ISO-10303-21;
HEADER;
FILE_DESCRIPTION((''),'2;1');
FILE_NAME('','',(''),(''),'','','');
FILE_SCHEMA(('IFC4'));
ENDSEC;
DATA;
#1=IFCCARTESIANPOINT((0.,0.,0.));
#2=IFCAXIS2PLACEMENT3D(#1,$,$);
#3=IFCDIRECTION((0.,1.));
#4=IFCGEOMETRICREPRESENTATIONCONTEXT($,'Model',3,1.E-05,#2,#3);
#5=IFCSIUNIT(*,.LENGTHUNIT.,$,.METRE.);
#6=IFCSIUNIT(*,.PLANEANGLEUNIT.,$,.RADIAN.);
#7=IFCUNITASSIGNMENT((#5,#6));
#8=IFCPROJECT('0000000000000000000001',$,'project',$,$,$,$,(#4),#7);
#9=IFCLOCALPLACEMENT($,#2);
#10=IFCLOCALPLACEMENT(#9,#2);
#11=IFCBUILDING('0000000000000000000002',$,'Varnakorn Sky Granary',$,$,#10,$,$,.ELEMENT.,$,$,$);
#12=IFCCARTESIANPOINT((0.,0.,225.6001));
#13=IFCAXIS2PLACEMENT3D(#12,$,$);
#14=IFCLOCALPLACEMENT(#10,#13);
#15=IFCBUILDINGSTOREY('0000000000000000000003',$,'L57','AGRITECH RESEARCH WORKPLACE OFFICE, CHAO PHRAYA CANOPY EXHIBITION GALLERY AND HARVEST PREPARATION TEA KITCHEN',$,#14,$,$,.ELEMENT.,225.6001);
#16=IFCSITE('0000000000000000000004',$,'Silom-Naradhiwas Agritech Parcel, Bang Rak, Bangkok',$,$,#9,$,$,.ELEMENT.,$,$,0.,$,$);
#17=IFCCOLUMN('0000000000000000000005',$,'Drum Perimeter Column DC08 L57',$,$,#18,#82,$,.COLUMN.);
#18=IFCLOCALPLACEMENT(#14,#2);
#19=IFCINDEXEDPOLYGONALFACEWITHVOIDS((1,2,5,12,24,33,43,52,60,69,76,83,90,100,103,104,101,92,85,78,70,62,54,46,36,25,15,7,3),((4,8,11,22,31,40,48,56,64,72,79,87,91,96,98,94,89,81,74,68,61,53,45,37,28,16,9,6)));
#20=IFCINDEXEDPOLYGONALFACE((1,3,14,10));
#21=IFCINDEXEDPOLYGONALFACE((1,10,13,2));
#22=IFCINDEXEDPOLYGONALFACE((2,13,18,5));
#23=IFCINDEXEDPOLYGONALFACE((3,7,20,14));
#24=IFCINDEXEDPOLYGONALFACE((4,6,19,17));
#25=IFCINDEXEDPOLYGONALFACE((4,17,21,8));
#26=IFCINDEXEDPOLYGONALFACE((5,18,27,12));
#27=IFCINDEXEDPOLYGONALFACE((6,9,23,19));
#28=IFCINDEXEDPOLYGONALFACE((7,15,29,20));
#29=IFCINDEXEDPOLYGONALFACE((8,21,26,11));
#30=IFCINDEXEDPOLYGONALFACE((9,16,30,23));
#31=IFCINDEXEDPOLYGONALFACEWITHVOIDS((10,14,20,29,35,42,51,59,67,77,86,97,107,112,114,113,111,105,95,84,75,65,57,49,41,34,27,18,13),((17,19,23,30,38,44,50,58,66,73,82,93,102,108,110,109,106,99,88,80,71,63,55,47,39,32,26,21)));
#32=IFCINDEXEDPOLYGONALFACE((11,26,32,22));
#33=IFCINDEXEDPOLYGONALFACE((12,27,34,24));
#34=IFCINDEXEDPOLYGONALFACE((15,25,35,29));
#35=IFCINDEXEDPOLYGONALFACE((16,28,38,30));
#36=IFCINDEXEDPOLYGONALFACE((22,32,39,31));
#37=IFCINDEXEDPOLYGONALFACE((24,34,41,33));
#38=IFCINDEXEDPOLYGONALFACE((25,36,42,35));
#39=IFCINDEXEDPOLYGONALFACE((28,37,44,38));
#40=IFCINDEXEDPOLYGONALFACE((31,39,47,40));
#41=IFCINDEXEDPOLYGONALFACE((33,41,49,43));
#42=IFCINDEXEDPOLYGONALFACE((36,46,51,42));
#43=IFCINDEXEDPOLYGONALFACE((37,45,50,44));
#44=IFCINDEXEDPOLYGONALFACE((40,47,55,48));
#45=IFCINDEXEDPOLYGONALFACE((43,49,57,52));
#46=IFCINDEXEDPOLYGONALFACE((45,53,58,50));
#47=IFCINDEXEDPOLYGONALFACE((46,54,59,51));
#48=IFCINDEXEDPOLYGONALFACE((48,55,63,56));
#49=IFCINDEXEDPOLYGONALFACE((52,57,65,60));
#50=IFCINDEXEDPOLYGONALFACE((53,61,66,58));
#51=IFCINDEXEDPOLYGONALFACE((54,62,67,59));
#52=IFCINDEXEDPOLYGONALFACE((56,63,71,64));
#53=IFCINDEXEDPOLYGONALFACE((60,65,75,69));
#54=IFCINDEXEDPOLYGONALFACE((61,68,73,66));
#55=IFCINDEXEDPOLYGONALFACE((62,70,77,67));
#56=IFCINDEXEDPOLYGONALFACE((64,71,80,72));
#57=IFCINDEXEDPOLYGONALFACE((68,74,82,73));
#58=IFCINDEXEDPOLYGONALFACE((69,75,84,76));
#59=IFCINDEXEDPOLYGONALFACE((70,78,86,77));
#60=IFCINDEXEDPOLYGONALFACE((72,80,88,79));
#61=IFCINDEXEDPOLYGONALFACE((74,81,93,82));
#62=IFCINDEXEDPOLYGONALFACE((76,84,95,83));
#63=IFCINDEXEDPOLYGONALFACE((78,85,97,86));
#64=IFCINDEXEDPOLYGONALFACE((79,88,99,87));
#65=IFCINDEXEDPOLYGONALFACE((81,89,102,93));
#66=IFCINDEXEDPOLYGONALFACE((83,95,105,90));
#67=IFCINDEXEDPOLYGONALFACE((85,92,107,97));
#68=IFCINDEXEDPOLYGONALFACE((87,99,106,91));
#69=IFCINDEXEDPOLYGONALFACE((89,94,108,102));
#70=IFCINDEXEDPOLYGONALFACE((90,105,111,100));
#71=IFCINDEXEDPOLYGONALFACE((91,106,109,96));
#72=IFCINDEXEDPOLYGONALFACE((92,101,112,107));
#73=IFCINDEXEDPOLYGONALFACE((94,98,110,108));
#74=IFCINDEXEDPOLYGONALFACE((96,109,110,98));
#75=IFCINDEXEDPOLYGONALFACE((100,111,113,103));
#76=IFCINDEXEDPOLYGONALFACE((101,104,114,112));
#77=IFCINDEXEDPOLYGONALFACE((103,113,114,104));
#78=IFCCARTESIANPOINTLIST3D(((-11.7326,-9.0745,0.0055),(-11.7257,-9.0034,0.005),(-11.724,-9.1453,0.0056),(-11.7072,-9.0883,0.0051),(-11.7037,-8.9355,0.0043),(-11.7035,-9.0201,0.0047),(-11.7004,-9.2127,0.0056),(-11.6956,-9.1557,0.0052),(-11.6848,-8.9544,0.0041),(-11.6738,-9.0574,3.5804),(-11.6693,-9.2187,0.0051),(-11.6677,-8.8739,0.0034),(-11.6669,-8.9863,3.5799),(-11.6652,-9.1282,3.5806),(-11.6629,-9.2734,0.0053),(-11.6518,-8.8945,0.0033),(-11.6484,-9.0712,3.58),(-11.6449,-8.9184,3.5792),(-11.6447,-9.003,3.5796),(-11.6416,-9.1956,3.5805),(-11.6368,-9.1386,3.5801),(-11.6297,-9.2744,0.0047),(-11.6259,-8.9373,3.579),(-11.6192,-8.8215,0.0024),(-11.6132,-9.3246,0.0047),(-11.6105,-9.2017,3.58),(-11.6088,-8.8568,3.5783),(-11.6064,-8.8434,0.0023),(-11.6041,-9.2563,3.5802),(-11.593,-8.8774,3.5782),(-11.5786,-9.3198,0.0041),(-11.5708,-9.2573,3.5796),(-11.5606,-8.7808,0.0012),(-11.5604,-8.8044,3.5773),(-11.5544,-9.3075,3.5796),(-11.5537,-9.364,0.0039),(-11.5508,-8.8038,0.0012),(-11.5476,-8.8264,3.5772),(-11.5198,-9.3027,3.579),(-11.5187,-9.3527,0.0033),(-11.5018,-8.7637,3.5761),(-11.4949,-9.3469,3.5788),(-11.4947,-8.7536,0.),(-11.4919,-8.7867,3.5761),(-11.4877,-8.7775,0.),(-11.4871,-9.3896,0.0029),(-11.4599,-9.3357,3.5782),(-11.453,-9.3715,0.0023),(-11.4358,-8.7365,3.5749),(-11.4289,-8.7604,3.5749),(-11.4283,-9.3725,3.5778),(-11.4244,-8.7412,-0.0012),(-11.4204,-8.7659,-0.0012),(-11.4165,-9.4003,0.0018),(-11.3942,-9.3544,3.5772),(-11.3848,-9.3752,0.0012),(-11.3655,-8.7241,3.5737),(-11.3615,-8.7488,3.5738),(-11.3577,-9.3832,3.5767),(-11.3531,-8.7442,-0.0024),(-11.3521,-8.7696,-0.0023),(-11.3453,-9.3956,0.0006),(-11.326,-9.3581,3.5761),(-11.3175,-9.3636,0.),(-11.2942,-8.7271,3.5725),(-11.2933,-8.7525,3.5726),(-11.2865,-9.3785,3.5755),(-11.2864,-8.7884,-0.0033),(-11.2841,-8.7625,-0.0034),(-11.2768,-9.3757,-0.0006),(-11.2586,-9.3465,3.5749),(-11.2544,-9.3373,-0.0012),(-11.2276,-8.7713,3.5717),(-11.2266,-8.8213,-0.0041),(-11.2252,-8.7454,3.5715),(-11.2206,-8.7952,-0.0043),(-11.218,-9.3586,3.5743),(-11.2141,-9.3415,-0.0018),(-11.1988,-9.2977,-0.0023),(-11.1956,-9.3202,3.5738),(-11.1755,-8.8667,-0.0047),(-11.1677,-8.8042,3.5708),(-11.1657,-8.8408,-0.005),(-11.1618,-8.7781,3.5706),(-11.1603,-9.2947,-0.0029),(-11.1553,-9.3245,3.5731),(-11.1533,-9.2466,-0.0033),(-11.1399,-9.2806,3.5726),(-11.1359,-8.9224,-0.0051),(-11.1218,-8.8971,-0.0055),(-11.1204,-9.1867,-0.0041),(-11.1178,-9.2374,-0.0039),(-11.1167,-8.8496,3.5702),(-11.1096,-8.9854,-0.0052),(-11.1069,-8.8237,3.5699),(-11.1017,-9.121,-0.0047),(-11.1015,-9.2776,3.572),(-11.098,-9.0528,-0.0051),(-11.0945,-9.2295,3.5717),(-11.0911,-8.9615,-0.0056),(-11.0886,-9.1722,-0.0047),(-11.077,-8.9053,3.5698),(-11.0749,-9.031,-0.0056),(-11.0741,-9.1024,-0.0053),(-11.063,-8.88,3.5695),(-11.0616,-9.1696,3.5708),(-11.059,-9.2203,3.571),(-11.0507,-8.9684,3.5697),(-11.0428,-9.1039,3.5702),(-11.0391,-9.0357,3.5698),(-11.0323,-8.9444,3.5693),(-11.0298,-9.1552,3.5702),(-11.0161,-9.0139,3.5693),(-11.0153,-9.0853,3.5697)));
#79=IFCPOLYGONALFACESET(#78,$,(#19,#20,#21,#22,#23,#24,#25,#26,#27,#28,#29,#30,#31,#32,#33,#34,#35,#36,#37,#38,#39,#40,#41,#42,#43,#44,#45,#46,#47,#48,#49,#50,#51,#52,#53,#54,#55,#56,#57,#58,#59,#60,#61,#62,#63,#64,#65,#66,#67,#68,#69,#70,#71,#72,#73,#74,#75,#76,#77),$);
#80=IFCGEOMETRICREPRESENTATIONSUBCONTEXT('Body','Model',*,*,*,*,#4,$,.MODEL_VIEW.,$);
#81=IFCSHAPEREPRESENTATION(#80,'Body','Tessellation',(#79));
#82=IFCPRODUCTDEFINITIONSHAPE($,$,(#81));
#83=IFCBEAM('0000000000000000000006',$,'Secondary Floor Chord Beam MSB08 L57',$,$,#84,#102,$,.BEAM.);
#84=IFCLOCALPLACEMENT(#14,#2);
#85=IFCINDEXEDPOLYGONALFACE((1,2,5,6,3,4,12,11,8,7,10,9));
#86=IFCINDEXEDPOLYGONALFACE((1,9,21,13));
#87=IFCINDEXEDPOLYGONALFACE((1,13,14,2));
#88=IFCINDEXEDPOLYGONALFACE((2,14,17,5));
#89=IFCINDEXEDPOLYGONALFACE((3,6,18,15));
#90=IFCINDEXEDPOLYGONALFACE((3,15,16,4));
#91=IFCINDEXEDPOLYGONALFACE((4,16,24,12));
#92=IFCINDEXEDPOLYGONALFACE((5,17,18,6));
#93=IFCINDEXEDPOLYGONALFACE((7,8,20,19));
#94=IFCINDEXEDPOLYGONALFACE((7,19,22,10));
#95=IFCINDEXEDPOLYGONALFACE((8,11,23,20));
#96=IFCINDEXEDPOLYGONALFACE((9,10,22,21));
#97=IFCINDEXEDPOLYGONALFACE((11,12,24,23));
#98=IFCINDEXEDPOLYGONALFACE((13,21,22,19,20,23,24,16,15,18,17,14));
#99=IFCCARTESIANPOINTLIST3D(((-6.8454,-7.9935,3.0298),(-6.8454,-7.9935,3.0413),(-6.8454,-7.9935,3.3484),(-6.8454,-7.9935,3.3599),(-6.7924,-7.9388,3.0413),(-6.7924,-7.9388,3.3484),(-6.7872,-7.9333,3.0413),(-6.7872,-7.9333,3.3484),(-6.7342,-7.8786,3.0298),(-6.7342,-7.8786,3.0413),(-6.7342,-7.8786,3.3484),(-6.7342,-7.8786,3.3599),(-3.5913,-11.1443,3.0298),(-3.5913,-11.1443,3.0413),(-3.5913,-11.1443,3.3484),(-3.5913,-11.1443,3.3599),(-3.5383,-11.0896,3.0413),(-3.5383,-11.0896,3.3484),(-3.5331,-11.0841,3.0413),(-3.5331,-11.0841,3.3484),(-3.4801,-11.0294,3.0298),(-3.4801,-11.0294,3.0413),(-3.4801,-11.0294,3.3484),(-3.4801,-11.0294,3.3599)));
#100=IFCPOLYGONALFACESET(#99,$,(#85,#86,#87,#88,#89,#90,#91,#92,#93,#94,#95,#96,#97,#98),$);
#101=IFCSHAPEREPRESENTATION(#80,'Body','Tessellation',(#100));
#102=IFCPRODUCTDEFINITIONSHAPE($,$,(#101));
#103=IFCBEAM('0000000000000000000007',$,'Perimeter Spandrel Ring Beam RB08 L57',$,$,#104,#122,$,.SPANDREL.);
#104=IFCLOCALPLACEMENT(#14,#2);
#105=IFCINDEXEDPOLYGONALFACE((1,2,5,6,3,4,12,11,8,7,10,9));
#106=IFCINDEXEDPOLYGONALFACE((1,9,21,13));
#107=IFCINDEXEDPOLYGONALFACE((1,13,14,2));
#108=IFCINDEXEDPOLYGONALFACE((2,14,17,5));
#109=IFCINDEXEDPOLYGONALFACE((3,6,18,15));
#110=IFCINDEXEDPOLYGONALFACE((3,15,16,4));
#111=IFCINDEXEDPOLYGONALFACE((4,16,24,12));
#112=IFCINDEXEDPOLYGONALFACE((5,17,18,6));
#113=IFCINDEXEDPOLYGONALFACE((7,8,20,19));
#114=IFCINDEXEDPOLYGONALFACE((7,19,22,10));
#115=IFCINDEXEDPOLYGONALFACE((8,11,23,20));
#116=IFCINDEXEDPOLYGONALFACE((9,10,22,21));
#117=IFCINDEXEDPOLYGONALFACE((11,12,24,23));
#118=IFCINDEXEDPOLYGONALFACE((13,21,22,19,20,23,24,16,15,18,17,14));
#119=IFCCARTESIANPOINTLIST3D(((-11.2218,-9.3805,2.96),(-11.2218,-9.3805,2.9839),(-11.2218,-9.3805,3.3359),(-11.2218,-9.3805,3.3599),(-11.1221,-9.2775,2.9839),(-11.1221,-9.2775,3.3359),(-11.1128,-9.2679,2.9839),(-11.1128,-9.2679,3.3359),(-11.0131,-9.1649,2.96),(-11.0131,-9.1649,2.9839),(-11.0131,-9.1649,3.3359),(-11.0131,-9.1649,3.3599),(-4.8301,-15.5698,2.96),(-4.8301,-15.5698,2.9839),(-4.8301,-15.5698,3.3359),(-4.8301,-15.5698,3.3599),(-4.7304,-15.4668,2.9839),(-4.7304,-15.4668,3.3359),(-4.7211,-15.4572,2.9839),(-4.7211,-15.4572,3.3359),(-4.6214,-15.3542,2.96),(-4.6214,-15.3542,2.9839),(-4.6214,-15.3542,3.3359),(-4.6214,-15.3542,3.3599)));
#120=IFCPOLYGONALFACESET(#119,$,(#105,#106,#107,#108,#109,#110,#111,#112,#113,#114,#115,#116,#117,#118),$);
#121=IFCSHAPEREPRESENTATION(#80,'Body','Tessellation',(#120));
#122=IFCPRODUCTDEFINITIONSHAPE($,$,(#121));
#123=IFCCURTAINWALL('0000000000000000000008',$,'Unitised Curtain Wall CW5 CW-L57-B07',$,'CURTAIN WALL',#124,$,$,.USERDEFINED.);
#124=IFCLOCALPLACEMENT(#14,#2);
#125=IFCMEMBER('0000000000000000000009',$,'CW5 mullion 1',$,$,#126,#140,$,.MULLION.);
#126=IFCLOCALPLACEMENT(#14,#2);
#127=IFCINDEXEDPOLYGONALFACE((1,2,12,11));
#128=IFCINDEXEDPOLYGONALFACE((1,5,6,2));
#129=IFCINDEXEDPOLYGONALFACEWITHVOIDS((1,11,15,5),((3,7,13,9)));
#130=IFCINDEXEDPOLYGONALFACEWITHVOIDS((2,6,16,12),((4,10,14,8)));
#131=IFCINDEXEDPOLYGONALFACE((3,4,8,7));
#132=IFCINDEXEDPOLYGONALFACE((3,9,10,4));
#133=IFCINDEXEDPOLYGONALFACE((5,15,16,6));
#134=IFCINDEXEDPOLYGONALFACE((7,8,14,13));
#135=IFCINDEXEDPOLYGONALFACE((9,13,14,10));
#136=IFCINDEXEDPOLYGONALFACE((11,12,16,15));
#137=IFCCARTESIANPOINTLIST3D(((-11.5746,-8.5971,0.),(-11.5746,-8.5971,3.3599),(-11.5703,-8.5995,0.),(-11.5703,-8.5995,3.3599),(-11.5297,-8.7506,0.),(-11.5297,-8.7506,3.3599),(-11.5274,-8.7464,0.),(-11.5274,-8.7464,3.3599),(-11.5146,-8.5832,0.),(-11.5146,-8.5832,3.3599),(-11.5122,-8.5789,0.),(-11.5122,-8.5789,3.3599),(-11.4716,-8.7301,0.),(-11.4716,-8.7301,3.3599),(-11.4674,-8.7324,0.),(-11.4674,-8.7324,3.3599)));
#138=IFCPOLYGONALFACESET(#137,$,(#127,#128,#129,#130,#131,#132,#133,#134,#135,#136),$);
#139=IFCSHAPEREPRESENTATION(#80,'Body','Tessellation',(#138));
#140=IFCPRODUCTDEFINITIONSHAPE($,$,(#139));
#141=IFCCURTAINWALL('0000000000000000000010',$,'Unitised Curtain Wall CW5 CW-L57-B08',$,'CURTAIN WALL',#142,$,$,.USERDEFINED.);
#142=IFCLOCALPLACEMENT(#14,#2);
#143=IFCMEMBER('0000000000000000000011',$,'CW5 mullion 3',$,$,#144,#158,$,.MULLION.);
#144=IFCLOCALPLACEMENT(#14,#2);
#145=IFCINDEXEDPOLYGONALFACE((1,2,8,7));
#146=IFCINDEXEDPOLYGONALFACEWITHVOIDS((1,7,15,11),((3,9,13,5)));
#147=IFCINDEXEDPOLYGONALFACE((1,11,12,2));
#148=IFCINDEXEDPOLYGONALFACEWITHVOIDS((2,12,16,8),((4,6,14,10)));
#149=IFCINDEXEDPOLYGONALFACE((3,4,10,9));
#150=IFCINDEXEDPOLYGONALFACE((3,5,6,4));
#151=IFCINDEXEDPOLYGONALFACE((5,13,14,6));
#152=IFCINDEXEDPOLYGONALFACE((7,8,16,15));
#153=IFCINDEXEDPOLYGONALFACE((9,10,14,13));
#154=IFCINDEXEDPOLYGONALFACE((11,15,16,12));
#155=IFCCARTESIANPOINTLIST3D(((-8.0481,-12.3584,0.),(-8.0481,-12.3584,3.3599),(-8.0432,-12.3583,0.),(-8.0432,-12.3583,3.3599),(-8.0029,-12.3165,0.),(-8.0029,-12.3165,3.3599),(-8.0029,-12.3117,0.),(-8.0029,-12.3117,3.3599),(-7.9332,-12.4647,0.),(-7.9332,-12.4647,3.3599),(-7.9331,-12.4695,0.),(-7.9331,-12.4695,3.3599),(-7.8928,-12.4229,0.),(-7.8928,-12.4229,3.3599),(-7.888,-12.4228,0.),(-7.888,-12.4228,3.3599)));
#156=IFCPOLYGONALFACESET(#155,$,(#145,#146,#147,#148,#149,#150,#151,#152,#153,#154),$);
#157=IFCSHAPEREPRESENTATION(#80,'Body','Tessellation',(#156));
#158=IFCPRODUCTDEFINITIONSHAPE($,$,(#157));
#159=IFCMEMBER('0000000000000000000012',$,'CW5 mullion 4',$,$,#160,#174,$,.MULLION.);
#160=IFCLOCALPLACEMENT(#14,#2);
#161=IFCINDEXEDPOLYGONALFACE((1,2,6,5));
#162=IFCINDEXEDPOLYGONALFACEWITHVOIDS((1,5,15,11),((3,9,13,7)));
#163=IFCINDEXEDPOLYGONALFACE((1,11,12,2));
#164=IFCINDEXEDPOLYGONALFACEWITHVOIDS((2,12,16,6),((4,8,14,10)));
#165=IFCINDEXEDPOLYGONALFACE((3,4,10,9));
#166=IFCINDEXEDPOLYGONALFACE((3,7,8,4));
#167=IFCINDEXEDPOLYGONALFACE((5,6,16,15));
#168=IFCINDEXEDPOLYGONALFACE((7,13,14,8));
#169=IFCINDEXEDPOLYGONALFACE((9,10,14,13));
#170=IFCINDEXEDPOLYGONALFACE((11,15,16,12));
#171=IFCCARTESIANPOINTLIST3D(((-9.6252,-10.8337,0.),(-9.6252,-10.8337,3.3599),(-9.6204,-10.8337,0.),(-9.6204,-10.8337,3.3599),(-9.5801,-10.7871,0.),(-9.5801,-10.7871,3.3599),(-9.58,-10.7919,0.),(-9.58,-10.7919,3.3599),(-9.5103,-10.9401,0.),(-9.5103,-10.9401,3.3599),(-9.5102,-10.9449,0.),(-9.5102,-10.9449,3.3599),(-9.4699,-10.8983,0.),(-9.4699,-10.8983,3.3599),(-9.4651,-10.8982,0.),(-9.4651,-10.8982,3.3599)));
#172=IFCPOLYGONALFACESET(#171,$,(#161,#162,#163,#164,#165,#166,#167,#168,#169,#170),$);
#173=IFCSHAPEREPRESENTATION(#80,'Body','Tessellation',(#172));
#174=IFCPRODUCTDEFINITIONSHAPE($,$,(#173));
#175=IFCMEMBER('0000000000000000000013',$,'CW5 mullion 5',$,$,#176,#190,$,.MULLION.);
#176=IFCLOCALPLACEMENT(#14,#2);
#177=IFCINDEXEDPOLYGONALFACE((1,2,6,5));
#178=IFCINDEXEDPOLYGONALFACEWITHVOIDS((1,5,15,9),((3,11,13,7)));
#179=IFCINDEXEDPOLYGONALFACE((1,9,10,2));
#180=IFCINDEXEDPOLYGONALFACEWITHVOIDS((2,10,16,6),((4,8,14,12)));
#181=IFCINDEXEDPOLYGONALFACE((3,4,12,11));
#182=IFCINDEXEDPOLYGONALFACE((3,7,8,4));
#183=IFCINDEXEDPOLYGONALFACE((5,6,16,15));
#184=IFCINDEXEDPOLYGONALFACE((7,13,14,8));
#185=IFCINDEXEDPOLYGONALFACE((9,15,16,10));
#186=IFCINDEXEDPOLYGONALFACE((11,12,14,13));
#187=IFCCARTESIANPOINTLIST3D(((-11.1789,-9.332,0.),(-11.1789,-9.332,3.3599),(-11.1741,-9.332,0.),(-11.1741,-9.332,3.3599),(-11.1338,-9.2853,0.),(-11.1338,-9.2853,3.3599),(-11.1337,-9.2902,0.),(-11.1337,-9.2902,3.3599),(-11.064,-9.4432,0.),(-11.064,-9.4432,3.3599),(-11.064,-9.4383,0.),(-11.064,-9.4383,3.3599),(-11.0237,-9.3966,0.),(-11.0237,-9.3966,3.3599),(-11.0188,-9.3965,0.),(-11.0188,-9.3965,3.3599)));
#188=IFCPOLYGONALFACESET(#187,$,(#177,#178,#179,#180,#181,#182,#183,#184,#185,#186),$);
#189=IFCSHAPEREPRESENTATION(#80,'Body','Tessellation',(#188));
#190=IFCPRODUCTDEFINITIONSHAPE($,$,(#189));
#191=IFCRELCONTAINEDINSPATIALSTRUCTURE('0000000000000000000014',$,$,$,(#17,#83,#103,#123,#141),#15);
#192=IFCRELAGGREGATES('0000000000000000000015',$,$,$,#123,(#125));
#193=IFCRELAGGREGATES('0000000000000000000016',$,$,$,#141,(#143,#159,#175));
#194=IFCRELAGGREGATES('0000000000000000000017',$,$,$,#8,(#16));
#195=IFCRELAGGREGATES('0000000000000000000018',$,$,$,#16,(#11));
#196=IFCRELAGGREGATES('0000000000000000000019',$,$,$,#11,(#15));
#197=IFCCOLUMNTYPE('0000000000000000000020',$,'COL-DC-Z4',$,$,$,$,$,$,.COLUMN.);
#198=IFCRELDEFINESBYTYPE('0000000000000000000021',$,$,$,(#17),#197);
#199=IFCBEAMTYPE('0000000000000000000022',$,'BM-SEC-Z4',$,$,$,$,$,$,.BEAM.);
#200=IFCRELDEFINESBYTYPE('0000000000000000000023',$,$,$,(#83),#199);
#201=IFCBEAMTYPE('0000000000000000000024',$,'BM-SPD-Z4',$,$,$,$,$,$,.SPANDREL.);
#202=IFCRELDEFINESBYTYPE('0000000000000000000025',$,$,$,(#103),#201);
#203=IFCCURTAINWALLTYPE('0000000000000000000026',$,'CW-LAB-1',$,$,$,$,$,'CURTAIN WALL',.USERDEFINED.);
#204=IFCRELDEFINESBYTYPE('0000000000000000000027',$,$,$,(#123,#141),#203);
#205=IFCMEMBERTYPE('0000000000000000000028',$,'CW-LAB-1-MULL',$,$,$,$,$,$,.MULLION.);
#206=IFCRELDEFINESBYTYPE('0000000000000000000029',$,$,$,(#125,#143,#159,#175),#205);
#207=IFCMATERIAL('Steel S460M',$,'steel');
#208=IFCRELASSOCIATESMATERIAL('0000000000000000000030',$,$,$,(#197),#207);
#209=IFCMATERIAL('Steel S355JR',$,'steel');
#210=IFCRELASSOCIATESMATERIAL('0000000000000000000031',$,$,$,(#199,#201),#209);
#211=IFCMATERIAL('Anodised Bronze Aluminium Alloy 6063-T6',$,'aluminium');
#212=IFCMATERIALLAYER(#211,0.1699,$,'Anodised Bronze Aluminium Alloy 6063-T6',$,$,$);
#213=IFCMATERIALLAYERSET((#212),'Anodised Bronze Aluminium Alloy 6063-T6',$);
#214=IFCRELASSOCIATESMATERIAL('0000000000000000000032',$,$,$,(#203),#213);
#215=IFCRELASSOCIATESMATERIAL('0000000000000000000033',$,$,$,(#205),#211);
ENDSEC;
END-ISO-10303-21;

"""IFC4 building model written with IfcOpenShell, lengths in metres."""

from ifc_helpers import new_model, si_unit, direction, frame, origin, origin_2d, place, context, subcontext, project, spatial, hollow_rectangle, hollow_circle, i_section, extrude, material, layer, layer_set, material_profile, profile_set, type_object, element, aggregate, save


model = new_model("IFC4")

# Units and contexts
model_context = context("Model", 3, precision=1e-05, world=origin(), true_north=direction((0.0, 1.0)))
body_context = subcontext(model_context, "Body", "Model", "MODEL_VIEW")
ifc_project = project(units=[si_unit("LENGTHUNIT", "METRE"), si_unit("PLANEANGLEUNIT", "RADIAN")], contexts=[model_context])

# Site, building, storey
site_placement = place(None, origin())
site = spatial("IfcSite", under=ifc_project, at=site_placement, Name="Silom-Naradhiwas Agritech Parcel, Bang Rak, Bangkok", CompositionType="ELEMENT", RefElevation=0.0)
building_placement = place(site_placement, origin())
building = spatial("IfcBuilding", under=site, at=building_placement, Name="Varnakorn Sky Granary", CompositionType="ELEMENT")
storey_placement = place(building_placement, frame((0.0, 0.0, 225.6001)))
storey = spatial("IfcBuildingStorey", under=building, at=storey_placement, Name="L57", Description="AGRITECH RESEARCH WORKPLACE OFFICE, CHAO PHRAYA CANOPY EXHIBITION GALLERY AND HARVEST PREPARATION TEA KITCHEN", CompositionType="ELEMENT", Elevation=225.6001)

# Column
ifc_material_1 = material(Name="Steel S460M", Category="steel")
ifc_material_profile_1 = material_profile(ifc_material_1, hollow_circle(Radius=0.3301, WallThickness=0.0249, at=origin_2d()), Name="CHS 660x25")
ifc_profile_set_1 = profile_set([ifc_material_profile_1], Name="Steel S460M")
column_type = type_object("IfcColumnType", Name="COL-DC-Z4", PredefinedType="COLUMN", material=ifc_profile_set_1)
column_placement = place(storey_placement, frame((-11.4026, -9.0706, 0.0), z_axis=(0.016456, 0.00478, 0.999853), x_axis=(-0.278929, 0.960312, 0.0)))
element("IfcColumn", 1, at=column_placement, inside=storey, type_object=column_type, Name="Drum Perimeter Column DC08 L57", PredefinedType="COLUMN", context=body_context, shape_type="SweptSolid", body=[
    extrude(hollow_circle(Radius=0.3301, WallThickness=0.0249, at=origin_2d()), origin(), (0.0, 0.0, 1.0), 3.5754),
])

# Beams
ifc_material_2 = material(Name="Steel S355JR", Category="steel")
ifc_material_profile_2 = material_profile(ifc_material_2, i_section(OverallWidth=0.1599, OverallDepth=0.3301, WebThickness=0.0076, FlangeThickness=0.0115, at=origin_2d()), Name="IPE 330")
ifc_profile_set_2 = profile_set([ifc_material_profile_2], Name="Steel S355JR")
beam_type_1 = type_object("IfcBeamType", Name="BM-SEC-Z4", PredefinedType="BEAM", material=ifc_profile_set_2)
beam_1_placement = place(storey_placement, frame((-6.7898, -7.936, 3.1948), z_axis=(0.718414, -0.695615, 0.0), x_axis=(0.695615, 0.718414, 0.0)))
element("IfcBeam", 2, at=beam_1_placement, inside=storey, type_object=beam_type_1, Name="Secondary Floor Chord Beam MSB08 L57", PredefinedType="BEAM", context=body_context, shape_type="SweptSolid", body=[
    extrude(i_section(OverallWidth=0.1599, OverallDepth=0.3301, WebThickness=0.0076, FlangeThickness=0.0115, at=origin_2d()), origin(), (0.0, 0.0, 1.0), 4.5295),
])
ifc_material_profile_3 = material_profile(ifc_material_2, i_section(OverallWidth=0.3, OverallDepth=0.3999, WebThickness=0.0134, FlangeThickness=0.0239, at=origin_2d()), Name="HE 400 B")
ifc_profile_set_3 = profile_set([ifc_material_profile_3], Name="Steel S355JR")
beam_type_2 = type_object("IfcBeamType", Name="BM-SPD-Z4", PredefinedType="SPANDREL", material=ifc_profile_set_3)
beam_2_placement = place(storey_placement, frame((-11.1174, -9.2727, 3.1599), z_axis=(0.718389, -0.695641, 0.0), x_axis=(0.695641, 0.718389, 0.0)))
element("IfcBeam", 3, at=beam_2_placement, inside=storey, type_object=beam_type_2, Name="Perimeter Spandrel Ring Beam RB08 L57", PredefinedType="SPANDREL", context=body_context, shape_type="SweptSolid", body=[
    extrude(i_section(OverallWidth=0.3, OverallDepth=0.3999, WebThickness=0.0134, FlangeThickness=0.0239, at=origin_2d()), origin(), (0.0, 0.0, 1.0), 8.8972),
])

# Curtain wall, member
ifc_material_3 = material(Name="Anodised Bronze Aluminium Alloy 6063-T6", Category="aluminium")
ifc_layer_1 = layer(ifc_material_3, 0.1699, Name="Anodised Bronze Aluminium Alloy 6063-T6")
ifc_layer_set_1 = layer_set([ifc_layer_1], Name="Anodised Bronze Aluminium Alloy 6063-T6")
curtain_wall_type = type_object("IfcCurtainWallType", Name="CW-LAB-1", ElementType="CURTAIN WALL", PredefinedType="USERDEFINED", material=ifc_layer_set_1)
curtain_wall_1_placement = place(storey_placement, origin())
curtain_wall_1 = element("IfcCurtainWall", 4, at=curtain_wall_1_placement, inside=storey, type_object=curtain_wall_type, Name="Unitised Curtain Wall CW5 CW-L57-B07", ObjectType="CURTAIN WALL", PredefinedType="USERDEFINED")
ifc_material_profile_4 = material_profile(ifc_material_3, hollow_rectangle(XDim=0.0649, YDim=0.1599, WallThickness=0.0034, at=origin_2d()), Name="ALU MULL 65x160")
ifc_profile_set_4 = profile_set([ifc_material_profile_4], Name="Anodised Bronze Aluminium Alloy 6063-T6")
member_type_1 = type_object("IfcMemberType", Name="CW-LAB-1-MULL", PredefinedType="MULLION", material=ifc_profile_set_4)
member_1_placement = place(storey_placement, frame((-11.521, -8.6648, 0.0), z_axis=(0.0, 0.0, 1.0), x_axis=(-0.95989, -0.280376, 0.0)))
member_1 = element("IfcMember", 5, at=member_1_placement, type_object=member_type_1, Name="CW5 mullion 1", PredefinedType="MULLION", context=body_context, shape_type="SweptSolid", body=[
    extrude(hollow_rectangle(XDim=0.0649, YDim=0.1599, WallThickness=0.0034, at=origin_2d()), origin(), (0.0, 0.0, 1.0), 3.3599),
])

# Curtain wall, members
curtain_wall_2_placement = place(storey_placement, origin())
curtain_wall_2 = element("IfcCurtainWall", 6, at=curtain_wall_2_placement, inside=storey, type_object=curtain_wall_type, Name="Unitised Curtain Wall CW5 CW-L57-B08", ObjectType="CURTAIN WALL", PredefinedType="USERDEFINED")
member_2_placement = place(storey_placement, frame((-7.968, -12.3906, 0.0), z_axis=(0.0, 0.0, 1.0), x_axis=(-0.695009, -0.719001, 0.0)))
member_2 = element("IfcMember", 7, at=member_2_placement, type_object=member_type_1, Name="CW5 mullion 3", PredefinedType="MULLION", context=body_context, shape_type="SweptSolid", body=[
    extrude(hollow_rectangle(XDim=0.0649, YDim=0.1599, WallThickness=0.0034, at=origin_2d()), origin(), (0.0, 0.0, 1.0), 3.3599),
])
member_3_placement = place(storey_placement, frame((-9.5452, -10.866, 0.0), z_axis=(0.0, 0.0, 1.0), x_axis=(-0.695009, -0.719001, 0.0)))
member_3 = element("IfcMember", 8, at=member_3_placement, type_object=member_type_1, Name="CW5 mullion 4", PredefinedType="MULLION", context=body_context, shape_type="SweptSolid", body=[
    extrude(hollow_rectangle(XDim=0.0649, YDim=0.1599, WallThickness=0.0034, at=origin_2d()), origin(), (0.0, 0.0, 1.0), 3.3599),
])
member_4_placement = place(storey_placement, frame((-11.0989, -9.3643, 0.0), z_axis=(0.0, 0.0, 1.0), x_axis=(-0.695009, -0.719001, 0.0)))
member_4 = element("IfcMember", 9, at=member_4_placement, type_object=member_type_1, Name="CW5 mullion 5", PredefinedType="MULLION", context=body_context, shape_type="SweptSolid", body=[
    extrude(hollow_rectangle(XDim=0.0649, YDim=0.1599, WallThickness=0.0034, at=origin_2d()), origin(), (0.0, 0.0, 1.0), 3.3599),
])

aggregate(curtain_wall_1, [member_1])
aggregate(curtain_wall_2, [member_2, member_3, member_4])

save(model, "model.ifc")
